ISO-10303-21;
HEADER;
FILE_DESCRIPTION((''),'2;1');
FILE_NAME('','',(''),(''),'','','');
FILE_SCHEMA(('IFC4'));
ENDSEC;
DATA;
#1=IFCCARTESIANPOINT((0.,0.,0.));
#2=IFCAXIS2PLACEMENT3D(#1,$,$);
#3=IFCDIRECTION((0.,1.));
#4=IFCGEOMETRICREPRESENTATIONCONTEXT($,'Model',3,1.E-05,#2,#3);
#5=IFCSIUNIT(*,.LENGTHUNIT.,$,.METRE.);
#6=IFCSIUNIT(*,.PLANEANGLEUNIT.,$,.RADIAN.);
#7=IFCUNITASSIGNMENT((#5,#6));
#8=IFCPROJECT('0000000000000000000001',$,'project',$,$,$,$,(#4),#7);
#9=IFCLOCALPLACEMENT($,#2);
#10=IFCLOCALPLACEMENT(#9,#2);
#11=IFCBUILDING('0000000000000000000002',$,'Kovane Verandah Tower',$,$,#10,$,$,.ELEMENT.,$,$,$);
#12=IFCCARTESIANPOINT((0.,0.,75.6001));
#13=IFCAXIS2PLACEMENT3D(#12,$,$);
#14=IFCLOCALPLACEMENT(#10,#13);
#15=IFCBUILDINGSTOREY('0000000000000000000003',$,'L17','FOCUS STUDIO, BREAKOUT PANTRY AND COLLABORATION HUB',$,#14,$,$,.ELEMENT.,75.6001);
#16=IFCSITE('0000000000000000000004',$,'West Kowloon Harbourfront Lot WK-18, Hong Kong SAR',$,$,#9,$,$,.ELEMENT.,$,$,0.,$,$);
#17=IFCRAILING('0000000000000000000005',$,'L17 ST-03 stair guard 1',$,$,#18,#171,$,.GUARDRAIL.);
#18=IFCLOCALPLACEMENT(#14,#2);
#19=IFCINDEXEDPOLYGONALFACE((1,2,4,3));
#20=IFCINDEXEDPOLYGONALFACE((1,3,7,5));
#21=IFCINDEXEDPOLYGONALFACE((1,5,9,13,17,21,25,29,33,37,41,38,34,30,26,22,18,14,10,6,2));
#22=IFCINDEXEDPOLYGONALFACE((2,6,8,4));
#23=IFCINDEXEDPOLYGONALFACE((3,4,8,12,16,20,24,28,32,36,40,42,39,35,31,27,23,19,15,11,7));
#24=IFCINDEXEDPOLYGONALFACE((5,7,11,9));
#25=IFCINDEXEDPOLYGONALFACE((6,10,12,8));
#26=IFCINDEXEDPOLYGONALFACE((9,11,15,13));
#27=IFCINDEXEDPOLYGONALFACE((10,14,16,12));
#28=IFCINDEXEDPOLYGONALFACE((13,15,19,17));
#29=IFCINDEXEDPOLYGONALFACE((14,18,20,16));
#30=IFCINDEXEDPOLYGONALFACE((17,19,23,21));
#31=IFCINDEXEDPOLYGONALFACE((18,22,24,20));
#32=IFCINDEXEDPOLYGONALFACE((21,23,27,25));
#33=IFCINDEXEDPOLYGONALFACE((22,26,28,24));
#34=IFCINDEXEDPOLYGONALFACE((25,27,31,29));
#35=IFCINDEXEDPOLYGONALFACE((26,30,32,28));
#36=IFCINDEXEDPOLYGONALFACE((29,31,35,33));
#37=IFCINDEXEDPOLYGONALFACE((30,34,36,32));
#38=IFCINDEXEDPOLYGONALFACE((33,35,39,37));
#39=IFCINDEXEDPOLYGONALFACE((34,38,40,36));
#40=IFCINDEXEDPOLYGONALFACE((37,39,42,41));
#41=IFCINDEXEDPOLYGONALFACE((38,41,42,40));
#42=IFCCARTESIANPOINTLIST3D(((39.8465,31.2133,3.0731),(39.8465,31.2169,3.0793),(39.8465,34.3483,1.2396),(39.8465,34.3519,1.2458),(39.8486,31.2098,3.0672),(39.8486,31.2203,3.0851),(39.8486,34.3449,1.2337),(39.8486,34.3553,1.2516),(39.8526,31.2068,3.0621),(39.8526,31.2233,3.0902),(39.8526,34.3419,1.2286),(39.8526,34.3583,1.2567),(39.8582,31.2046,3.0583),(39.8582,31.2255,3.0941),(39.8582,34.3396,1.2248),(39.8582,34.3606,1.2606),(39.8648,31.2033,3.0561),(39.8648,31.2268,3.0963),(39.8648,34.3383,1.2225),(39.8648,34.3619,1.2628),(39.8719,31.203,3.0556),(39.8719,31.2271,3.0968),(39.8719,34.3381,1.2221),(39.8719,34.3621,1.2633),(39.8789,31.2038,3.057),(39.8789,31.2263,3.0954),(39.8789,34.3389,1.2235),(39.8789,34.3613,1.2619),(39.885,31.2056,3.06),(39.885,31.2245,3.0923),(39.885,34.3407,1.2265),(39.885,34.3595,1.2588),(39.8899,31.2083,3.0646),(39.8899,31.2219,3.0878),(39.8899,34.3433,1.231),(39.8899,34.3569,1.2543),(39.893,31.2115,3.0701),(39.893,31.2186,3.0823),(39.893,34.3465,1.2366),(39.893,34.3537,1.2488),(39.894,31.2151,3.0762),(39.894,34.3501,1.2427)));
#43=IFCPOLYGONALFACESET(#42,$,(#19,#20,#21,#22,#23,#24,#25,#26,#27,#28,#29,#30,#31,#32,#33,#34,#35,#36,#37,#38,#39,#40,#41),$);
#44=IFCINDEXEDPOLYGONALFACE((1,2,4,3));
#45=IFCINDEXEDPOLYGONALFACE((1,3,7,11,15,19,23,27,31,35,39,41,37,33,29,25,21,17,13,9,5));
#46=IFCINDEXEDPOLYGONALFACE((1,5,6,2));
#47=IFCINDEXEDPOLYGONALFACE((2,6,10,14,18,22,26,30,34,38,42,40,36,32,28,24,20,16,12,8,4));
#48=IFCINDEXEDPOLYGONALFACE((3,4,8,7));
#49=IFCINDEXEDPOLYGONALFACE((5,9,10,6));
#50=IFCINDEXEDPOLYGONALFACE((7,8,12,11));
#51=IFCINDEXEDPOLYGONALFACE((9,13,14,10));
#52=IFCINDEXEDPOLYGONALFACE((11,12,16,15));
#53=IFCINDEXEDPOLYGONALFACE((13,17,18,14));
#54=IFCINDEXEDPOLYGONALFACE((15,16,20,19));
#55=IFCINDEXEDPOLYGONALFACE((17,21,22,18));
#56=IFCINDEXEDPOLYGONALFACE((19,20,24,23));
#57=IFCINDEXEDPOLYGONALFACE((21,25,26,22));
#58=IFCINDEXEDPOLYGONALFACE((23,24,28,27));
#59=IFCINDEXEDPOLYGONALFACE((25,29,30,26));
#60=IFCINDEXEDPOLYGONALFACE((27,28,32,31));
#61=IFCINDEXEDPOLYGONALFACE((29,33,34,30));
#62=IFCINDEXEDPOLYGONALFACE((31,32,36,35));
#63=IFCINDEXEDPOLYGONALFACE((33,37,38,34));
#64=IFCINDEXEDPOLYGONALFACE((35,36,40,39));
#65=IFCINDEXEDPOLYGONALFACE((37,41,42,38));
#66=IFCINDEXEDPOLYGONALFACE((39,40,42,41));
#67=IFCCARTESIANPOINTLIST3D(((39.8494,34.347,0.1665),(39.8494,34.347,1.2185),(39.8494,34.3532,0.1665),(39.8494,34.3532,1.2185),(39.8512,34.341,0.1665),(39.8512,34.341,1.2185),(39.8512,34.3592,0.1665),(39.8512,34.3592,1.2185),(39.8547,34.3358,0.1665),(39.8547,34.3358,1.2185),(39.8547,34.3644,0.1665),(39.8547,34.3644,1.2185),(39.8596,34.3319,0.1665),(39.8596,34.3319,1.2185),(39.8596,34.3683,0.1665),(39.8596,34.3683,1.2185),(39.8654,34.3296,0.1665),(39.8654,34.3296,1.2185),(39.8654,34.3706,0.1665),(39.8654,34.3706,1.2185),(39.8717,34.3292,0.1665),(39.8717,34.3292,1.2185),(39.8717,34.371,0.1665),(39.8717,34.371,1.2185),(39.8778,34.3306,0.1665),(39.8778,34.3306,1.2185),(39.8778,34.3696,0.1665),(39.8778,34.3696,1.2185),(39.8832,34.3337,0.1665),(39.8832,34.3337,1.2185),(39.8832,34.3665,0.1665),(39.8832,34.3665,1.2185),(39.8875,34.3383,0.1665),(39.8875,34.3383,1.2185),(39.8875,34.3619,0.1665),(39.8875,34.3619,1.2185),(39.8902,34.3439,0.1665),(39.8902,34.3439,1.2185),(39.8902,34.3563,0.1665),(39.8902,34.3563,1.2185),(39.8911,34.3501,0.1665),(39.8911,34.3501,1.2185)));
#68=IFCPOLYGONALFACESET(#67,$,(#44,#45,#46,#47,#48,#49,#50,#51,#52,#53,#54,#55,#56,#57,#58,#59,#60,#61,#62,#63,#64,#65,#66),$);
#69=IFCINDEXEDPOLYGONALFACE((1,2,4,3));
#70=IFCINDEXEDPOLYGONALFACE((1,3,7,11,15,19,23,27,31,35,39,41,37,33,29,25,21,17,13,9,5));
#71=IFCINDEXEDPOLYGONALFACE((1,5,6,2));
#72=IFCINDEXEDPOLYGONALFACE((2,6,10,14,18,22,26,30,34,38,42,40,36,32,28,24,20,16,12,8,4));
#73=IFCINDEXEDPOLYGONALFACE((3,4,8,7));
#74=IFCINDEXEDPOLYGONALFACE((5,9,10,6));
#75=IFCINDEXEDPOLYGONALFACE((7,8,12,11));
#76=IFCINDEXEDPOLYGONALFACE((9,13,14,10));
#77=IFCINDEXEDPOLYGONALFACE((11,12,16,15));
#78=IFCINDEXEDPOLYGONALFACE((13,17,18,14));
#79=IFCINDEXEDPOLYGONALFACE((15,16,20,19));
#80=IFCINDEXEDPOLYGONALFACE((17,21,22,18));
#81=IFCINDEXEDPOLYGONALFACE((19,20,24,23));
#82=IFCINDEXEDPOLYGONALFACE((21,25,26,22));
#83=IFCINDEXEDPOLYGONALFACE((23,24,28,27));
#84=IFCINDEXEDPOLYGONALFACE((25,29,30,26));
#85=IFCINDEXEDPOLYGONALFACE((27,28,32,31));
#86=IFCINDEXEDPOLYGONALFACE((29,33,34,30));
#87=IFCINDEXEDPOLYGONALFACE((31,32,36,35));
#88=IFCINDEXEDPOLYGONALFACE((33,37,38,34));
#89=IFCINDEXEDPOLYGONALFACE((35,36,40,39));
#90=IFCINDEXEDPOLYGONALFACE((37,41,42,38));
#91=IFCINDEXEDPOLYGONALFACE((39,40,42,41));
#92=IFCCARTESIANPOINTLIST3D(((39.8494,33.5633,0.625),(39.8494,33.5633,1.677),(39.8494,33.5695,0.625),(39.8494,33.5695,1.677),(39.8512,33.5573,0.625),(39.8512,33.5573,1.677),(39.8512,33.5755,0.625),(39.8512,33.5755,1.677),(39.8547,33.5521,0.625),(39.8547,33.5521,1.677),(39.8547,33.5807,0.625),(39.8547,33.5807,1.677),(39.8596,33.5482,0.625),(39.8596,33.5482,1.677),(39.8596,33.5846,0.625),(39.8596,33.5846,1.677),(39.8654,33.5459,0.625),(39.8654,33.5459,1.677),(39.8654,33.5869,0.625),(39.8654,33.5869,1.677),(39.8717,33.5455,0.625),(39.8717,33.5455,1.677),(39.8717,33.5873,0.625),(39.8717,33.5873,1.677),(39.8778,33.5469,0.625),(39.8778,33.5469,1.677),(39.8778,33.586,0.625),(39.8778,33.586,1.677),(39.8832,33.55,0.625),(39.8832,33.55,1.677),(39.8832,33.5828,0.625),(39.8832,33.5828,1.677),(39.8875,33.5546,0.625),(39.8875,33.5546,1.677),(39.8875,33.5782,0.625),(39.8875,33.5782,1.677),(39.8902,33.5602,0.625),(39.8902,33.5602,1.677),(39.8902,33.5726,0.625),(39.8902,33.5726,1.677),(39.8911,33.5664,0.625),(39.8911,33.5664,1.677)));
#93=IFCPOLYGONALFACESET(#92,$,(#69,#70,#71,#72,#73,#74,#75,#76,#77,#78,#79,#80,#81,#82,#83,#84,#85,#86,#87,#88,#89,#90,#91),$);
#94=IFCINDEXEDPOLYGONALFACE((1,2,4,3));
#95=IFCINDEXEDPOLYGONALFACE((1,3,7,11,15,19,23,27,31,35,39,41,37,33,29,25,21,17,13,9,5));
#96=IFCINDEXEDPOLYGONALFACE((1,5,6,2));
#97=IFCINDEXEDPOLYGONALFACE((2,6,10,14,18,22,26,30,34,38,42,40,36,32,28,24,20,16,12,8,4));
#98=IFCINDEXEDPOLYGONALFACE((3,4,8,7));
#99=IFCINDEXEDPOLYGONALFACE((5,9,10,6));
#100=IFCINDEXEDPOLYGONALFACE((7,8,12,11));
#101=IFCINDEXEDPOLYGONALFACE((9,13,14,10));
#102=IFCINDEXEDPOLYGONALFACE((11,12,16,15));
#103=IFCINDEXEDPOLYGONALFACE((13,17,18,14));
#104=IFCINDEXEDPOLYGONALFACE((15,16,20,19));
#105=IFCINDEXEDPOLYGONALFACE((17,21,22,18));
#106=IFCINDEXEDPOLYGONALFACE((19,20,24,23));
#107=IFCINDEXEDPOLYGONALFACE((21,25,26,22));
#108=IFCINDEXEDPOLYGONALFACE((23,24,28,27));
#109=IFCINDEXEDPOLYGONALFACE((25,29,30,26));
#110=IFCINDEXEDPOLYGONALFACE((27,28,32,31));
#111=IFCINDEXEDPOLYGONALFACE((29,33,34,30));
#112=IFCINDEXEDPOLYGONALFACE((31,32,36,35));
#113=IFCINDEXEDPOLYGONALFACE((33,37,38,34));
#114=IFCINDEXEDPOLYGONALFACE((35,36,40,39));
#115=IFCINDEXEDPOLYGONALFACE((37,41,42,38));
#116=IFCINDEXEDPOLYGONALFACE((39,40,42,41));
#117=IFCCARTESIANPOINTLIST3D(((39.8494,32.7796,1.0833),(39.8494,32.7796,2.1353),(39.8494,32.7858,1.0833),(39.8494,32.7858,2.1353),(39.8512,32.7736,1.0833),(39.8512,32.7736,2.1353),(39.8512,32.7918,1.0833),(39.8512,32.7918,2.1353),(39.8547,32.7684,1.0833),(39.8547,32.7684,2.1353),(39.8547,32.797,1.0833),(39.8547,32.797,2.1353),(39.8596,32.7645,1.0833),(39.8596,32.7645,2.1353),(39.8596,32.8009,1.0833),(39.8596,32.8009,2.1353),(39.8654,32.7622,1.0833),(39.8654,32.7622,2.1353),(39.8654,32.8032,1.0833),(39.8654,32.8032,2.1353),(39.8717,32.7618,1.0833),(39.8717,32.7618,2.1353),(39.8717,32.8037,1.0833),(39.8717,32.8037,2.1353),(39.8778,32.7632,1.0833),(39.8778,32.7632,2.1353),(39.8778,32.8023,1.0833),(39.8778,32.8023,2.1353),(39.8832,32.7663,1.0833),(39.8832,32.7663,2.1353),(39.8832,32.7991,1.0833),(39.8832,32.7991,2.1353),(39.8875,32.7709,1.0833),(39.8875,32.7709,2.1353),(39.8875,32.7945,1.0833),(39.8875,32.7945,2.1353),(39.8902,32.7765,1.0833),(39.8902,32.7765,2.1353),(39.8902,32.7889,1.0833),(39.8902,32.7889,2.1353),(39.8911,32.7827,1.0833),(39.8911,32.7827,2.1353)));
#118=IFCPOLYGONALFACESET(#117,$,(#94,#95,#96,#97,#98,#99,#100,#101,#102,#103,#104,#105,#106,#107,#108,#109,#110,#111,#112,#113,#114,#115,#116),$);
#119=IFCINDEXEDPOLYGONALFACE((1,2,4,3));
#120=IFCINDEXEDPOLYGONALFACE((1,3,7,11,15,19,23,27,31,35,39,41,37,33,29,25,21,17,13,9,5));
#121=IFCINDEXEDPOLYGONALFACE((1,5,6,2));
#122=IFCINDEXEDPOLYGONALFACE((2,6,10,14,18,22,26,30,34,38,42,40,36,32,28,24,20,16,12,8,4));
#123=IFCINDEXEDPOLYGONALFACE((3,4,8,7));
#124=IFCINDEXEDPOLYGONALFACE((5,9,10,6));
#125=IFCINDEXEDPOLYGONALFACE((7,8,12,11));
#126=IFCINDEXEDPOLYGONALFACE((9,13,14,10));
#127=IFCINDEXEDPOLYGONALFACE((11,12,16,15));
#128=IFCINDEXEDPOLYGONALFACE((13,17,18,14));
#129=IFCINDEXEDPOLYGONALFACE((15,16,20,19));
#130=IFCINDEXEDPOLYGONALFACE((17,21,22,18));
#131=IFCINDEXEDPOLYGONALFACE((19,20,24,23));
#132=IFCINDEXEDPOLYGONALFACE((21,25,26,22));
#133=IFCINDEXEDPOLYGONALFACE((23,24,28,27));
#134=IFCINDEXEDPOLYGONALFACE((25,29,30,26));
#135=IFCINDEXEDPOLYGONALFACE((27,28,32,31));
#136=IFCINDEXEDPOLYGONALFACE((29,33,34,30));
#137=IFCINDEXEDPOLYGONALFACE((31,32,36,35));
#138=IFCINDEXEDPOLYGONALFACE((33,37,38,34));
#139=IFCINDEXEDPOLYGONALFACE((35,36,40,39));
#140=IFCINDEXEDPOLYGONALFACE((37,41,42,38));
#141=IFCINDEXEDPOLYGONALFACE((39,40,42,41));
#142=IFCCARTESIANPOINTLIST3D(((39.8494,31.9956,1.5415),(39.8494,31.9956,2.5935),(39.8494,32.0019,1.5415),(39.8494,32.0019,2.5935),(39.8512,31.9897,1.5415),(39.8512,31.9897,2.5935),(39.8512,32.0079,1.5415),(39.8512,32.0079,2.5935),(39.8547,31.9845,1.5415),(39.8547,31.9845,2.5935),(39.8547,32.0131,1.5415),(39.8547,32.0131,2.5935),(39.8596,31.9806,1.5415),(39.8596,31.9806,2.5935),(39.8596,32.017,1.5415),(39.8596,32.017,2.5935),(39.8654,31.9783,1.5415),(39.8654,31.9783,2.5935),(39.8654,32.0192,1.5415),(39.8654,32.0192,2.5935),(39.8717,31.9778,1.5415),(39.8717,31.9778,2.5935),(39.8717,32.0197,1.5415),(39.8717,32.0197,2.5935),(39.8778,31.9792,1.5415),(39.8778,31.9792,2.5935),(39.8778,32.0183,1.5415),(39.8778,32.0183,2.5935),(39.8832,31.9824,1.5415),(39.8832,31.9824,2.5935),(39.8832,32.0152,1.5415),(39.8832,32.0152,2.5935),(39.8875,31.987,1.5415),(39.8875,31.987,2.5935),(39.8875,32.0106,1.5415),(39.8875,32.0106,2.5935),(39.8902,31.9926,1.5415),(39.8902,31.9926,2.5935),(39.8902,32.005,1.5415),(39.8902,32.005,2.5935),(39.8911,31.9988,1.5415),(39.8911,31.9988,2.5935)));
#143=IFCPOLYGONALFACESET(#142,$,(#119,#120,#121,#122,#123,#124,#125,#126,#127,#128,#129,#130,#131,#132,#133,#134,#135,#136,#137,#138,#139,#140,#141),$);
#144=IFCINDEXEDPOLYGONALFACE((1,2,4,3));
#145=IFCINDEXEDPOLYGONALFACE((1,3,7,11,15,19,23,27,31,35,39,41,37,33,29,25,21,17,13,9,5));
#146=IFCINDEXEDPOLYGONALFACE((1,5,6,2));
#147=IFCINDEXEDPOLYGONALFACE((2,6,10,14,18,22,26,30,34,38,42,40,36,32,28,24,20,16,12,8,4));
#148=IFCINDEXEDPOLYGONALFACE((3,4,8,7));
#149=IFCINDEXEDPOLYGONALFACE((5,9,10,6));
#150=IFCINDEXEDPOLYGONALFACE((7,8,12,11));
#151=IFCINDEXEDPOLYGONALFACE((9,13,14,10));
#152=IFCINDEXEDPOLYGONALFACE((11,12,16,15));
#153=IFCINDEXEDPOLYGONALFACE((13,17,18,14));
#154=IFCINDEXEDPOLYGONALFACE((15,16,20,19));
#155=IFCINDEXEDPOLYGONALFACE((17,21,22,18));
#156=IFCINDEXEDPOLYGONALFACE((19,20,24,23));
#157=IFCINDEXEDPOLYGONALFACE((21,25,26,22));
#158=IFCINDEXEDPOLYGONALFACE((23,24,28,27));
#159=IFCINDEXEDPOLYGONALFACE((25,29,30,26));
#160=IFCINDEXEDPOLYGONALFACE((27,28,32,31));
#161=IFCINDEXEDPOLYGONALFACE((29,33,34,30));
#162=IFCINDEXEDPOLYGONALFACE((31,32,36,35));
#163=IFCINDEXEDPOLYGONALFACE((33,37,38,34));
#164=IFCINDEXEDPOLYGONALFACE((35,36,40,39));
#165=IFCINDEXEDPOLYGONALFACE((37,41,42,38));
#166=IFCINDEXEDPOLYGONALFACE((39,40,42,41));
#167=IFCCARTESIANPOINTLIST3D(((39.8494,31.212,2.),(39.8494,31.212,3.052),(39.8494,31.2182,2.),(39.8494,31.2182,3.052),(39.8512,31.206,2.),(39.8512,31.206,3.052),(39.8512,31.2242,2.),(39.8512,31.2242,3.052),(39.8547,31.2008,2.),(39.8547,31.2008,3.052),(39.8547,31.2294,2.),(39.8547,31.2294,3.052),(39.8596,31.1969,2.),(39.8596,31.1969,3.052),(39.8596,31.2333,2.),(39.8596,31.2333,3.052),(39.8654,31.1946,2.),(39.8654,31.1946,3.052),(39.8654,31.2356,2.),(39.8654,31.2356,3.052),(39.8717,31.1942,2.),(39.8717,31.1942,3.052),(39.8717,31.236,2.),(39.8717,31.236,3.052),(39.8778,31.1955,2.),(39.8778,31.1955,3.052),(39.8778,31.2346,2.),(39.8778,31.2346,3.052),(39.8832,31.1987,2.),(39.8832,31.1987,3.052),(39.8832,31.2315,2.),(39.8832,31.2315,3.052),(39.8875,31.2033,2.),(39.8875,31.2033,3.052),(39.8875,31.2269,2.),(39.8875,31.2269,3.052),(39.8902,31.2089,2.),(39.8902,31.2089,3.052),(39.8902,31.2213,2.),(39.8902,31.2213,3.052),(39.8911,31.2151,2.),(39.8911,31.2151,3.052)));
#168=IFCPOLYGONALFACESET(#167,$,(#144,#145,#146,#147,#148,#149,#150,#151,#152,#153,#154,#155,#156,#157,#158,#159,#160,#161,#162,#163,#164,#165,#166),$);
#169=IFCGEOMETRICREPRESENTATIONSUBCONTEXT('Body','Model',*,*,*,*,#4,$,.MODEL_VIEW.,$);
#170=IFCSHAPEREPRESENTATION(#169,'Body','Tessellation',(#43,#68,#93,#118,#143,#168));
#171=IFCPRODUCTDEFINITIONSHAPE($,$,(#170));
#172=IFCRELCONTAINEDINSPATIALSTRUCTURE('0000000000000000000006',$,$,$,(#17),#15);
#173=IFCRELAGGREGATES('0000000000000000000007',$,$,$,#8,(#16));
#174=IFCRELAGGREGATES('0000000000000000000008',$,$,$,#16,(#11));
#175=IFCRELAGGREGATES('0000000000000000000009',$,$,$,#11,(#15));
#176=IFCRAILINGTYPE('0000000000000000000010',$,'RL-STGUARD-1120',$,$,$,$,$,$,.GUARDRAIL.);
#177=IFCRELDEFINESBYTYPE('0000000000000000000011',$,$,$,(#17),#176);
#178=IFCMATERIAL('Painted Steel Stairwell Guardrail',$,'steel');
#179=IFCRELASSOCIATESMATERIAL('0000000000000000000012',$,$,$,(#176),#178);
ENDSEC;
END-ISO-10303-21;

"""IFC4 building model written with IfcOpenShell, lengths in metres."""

from ifc_helpers import new_model, si_unit, direction, frame, origin, origin_2d, place, context, subcontext, project, spatial, circle, extrude, material, type_object, element, save


model = new_model("IFC4")

# Units and contexts
model_context = context("Model", 3, precision=1e-05, world=origin(), true_north=direction((0.0, 1.0)))
body_context = subcontext(model_context, "Body", "Model", "MODEL_VIEW")
ifc_project = project(units=[si_unit("LENGTHUNIT", "METRE"), si_unit("PLANEANGLEUNIT", "RADIAN")], contexts=[model_context])

# Site, building, storey
site_placement = place(None, origin())
site = spatial("IfcSite", under=ifc_project, at=site_placement, Name="West Kowloon Harbourfront Lot WK-18, Hong Kong SAR", CompositionType="ELEMENT", RefElevation=0.0)
building_placement = place(site_placement, origin())
building = spatial("IfcBuilding", under=site, at=building_placement, Name="Kovane Verandah Tower", CompositionType="ELEMENT")
storey_placement = place(building_placement, frame((0.0, 0.0, 75.6001)))
storey = spatial("IfcBuildingStorey", under=building, at=storey_placement, Name="L17", Description="FOCUS STUDIO, BREAKOUT PANTRY AND COLLABORATION HUB", CompositionType="ELEMENT", Elevation=75.6001)

# Railing
ifc_material_1 = material(Name="Painted Steel Stairwell Guardrail", Category="steel")
railing_type = type_object("IfcRailingType", Name="RL-STGUARD-1120", PredefinedType="GUARDRAIL", material=ifc_material_1)
for number, where, name in (
    (1, (39.8701, 34.3501, 0.1665), "L17 ST-03 stair guard 1"),
):
    element("IfcRailing", number, at=place(storey_placement, frame(where)), inside=storey, type_object=railing_type, Name=name, PredefinedType="GUARDRAIL", context=body_context, shape_type="SweptSolid", body=[
        extrude(circle(Radius=0.0239, at=origin_2d()), frame((0.0, 0.0, 1.0762), z_axis=(0.0, -0.86321, 0.504845), x_axis=(1.0, 0.0, 0.0)), (0.0, 0.0, 1.0), 3.6318),
        extrude(circle(Radius=0.021, at=origin_2d()), origin(), (0.0, 0.0, 1.0), 1.052),
        extrude(circle(Radius=0.021, at=origin_2d()), frame((0.0, -0.7837, 0.4585)), (0.0, 0.0, 1.0), 1.052),
        extrude(circle(Radius=0.021, at=origin_2d()), frame((0.0, -1.5674, 0.9167)), (0.0, 0.0, 1.0), 1.052),
        extrude(circle(Radius=0.021, at=origin_2d()), frame((0.0, -2.3513, 1.375)), (0.0, 0.0, 1.0), 1.052),
        extrude(circle(Radius=0.021, at=origin_2d()), frame((0.0, -3.135, 1.8335)), (0.0, 0.0, 1.0), 1.052),
    ])

save(model, "model.ifc")
